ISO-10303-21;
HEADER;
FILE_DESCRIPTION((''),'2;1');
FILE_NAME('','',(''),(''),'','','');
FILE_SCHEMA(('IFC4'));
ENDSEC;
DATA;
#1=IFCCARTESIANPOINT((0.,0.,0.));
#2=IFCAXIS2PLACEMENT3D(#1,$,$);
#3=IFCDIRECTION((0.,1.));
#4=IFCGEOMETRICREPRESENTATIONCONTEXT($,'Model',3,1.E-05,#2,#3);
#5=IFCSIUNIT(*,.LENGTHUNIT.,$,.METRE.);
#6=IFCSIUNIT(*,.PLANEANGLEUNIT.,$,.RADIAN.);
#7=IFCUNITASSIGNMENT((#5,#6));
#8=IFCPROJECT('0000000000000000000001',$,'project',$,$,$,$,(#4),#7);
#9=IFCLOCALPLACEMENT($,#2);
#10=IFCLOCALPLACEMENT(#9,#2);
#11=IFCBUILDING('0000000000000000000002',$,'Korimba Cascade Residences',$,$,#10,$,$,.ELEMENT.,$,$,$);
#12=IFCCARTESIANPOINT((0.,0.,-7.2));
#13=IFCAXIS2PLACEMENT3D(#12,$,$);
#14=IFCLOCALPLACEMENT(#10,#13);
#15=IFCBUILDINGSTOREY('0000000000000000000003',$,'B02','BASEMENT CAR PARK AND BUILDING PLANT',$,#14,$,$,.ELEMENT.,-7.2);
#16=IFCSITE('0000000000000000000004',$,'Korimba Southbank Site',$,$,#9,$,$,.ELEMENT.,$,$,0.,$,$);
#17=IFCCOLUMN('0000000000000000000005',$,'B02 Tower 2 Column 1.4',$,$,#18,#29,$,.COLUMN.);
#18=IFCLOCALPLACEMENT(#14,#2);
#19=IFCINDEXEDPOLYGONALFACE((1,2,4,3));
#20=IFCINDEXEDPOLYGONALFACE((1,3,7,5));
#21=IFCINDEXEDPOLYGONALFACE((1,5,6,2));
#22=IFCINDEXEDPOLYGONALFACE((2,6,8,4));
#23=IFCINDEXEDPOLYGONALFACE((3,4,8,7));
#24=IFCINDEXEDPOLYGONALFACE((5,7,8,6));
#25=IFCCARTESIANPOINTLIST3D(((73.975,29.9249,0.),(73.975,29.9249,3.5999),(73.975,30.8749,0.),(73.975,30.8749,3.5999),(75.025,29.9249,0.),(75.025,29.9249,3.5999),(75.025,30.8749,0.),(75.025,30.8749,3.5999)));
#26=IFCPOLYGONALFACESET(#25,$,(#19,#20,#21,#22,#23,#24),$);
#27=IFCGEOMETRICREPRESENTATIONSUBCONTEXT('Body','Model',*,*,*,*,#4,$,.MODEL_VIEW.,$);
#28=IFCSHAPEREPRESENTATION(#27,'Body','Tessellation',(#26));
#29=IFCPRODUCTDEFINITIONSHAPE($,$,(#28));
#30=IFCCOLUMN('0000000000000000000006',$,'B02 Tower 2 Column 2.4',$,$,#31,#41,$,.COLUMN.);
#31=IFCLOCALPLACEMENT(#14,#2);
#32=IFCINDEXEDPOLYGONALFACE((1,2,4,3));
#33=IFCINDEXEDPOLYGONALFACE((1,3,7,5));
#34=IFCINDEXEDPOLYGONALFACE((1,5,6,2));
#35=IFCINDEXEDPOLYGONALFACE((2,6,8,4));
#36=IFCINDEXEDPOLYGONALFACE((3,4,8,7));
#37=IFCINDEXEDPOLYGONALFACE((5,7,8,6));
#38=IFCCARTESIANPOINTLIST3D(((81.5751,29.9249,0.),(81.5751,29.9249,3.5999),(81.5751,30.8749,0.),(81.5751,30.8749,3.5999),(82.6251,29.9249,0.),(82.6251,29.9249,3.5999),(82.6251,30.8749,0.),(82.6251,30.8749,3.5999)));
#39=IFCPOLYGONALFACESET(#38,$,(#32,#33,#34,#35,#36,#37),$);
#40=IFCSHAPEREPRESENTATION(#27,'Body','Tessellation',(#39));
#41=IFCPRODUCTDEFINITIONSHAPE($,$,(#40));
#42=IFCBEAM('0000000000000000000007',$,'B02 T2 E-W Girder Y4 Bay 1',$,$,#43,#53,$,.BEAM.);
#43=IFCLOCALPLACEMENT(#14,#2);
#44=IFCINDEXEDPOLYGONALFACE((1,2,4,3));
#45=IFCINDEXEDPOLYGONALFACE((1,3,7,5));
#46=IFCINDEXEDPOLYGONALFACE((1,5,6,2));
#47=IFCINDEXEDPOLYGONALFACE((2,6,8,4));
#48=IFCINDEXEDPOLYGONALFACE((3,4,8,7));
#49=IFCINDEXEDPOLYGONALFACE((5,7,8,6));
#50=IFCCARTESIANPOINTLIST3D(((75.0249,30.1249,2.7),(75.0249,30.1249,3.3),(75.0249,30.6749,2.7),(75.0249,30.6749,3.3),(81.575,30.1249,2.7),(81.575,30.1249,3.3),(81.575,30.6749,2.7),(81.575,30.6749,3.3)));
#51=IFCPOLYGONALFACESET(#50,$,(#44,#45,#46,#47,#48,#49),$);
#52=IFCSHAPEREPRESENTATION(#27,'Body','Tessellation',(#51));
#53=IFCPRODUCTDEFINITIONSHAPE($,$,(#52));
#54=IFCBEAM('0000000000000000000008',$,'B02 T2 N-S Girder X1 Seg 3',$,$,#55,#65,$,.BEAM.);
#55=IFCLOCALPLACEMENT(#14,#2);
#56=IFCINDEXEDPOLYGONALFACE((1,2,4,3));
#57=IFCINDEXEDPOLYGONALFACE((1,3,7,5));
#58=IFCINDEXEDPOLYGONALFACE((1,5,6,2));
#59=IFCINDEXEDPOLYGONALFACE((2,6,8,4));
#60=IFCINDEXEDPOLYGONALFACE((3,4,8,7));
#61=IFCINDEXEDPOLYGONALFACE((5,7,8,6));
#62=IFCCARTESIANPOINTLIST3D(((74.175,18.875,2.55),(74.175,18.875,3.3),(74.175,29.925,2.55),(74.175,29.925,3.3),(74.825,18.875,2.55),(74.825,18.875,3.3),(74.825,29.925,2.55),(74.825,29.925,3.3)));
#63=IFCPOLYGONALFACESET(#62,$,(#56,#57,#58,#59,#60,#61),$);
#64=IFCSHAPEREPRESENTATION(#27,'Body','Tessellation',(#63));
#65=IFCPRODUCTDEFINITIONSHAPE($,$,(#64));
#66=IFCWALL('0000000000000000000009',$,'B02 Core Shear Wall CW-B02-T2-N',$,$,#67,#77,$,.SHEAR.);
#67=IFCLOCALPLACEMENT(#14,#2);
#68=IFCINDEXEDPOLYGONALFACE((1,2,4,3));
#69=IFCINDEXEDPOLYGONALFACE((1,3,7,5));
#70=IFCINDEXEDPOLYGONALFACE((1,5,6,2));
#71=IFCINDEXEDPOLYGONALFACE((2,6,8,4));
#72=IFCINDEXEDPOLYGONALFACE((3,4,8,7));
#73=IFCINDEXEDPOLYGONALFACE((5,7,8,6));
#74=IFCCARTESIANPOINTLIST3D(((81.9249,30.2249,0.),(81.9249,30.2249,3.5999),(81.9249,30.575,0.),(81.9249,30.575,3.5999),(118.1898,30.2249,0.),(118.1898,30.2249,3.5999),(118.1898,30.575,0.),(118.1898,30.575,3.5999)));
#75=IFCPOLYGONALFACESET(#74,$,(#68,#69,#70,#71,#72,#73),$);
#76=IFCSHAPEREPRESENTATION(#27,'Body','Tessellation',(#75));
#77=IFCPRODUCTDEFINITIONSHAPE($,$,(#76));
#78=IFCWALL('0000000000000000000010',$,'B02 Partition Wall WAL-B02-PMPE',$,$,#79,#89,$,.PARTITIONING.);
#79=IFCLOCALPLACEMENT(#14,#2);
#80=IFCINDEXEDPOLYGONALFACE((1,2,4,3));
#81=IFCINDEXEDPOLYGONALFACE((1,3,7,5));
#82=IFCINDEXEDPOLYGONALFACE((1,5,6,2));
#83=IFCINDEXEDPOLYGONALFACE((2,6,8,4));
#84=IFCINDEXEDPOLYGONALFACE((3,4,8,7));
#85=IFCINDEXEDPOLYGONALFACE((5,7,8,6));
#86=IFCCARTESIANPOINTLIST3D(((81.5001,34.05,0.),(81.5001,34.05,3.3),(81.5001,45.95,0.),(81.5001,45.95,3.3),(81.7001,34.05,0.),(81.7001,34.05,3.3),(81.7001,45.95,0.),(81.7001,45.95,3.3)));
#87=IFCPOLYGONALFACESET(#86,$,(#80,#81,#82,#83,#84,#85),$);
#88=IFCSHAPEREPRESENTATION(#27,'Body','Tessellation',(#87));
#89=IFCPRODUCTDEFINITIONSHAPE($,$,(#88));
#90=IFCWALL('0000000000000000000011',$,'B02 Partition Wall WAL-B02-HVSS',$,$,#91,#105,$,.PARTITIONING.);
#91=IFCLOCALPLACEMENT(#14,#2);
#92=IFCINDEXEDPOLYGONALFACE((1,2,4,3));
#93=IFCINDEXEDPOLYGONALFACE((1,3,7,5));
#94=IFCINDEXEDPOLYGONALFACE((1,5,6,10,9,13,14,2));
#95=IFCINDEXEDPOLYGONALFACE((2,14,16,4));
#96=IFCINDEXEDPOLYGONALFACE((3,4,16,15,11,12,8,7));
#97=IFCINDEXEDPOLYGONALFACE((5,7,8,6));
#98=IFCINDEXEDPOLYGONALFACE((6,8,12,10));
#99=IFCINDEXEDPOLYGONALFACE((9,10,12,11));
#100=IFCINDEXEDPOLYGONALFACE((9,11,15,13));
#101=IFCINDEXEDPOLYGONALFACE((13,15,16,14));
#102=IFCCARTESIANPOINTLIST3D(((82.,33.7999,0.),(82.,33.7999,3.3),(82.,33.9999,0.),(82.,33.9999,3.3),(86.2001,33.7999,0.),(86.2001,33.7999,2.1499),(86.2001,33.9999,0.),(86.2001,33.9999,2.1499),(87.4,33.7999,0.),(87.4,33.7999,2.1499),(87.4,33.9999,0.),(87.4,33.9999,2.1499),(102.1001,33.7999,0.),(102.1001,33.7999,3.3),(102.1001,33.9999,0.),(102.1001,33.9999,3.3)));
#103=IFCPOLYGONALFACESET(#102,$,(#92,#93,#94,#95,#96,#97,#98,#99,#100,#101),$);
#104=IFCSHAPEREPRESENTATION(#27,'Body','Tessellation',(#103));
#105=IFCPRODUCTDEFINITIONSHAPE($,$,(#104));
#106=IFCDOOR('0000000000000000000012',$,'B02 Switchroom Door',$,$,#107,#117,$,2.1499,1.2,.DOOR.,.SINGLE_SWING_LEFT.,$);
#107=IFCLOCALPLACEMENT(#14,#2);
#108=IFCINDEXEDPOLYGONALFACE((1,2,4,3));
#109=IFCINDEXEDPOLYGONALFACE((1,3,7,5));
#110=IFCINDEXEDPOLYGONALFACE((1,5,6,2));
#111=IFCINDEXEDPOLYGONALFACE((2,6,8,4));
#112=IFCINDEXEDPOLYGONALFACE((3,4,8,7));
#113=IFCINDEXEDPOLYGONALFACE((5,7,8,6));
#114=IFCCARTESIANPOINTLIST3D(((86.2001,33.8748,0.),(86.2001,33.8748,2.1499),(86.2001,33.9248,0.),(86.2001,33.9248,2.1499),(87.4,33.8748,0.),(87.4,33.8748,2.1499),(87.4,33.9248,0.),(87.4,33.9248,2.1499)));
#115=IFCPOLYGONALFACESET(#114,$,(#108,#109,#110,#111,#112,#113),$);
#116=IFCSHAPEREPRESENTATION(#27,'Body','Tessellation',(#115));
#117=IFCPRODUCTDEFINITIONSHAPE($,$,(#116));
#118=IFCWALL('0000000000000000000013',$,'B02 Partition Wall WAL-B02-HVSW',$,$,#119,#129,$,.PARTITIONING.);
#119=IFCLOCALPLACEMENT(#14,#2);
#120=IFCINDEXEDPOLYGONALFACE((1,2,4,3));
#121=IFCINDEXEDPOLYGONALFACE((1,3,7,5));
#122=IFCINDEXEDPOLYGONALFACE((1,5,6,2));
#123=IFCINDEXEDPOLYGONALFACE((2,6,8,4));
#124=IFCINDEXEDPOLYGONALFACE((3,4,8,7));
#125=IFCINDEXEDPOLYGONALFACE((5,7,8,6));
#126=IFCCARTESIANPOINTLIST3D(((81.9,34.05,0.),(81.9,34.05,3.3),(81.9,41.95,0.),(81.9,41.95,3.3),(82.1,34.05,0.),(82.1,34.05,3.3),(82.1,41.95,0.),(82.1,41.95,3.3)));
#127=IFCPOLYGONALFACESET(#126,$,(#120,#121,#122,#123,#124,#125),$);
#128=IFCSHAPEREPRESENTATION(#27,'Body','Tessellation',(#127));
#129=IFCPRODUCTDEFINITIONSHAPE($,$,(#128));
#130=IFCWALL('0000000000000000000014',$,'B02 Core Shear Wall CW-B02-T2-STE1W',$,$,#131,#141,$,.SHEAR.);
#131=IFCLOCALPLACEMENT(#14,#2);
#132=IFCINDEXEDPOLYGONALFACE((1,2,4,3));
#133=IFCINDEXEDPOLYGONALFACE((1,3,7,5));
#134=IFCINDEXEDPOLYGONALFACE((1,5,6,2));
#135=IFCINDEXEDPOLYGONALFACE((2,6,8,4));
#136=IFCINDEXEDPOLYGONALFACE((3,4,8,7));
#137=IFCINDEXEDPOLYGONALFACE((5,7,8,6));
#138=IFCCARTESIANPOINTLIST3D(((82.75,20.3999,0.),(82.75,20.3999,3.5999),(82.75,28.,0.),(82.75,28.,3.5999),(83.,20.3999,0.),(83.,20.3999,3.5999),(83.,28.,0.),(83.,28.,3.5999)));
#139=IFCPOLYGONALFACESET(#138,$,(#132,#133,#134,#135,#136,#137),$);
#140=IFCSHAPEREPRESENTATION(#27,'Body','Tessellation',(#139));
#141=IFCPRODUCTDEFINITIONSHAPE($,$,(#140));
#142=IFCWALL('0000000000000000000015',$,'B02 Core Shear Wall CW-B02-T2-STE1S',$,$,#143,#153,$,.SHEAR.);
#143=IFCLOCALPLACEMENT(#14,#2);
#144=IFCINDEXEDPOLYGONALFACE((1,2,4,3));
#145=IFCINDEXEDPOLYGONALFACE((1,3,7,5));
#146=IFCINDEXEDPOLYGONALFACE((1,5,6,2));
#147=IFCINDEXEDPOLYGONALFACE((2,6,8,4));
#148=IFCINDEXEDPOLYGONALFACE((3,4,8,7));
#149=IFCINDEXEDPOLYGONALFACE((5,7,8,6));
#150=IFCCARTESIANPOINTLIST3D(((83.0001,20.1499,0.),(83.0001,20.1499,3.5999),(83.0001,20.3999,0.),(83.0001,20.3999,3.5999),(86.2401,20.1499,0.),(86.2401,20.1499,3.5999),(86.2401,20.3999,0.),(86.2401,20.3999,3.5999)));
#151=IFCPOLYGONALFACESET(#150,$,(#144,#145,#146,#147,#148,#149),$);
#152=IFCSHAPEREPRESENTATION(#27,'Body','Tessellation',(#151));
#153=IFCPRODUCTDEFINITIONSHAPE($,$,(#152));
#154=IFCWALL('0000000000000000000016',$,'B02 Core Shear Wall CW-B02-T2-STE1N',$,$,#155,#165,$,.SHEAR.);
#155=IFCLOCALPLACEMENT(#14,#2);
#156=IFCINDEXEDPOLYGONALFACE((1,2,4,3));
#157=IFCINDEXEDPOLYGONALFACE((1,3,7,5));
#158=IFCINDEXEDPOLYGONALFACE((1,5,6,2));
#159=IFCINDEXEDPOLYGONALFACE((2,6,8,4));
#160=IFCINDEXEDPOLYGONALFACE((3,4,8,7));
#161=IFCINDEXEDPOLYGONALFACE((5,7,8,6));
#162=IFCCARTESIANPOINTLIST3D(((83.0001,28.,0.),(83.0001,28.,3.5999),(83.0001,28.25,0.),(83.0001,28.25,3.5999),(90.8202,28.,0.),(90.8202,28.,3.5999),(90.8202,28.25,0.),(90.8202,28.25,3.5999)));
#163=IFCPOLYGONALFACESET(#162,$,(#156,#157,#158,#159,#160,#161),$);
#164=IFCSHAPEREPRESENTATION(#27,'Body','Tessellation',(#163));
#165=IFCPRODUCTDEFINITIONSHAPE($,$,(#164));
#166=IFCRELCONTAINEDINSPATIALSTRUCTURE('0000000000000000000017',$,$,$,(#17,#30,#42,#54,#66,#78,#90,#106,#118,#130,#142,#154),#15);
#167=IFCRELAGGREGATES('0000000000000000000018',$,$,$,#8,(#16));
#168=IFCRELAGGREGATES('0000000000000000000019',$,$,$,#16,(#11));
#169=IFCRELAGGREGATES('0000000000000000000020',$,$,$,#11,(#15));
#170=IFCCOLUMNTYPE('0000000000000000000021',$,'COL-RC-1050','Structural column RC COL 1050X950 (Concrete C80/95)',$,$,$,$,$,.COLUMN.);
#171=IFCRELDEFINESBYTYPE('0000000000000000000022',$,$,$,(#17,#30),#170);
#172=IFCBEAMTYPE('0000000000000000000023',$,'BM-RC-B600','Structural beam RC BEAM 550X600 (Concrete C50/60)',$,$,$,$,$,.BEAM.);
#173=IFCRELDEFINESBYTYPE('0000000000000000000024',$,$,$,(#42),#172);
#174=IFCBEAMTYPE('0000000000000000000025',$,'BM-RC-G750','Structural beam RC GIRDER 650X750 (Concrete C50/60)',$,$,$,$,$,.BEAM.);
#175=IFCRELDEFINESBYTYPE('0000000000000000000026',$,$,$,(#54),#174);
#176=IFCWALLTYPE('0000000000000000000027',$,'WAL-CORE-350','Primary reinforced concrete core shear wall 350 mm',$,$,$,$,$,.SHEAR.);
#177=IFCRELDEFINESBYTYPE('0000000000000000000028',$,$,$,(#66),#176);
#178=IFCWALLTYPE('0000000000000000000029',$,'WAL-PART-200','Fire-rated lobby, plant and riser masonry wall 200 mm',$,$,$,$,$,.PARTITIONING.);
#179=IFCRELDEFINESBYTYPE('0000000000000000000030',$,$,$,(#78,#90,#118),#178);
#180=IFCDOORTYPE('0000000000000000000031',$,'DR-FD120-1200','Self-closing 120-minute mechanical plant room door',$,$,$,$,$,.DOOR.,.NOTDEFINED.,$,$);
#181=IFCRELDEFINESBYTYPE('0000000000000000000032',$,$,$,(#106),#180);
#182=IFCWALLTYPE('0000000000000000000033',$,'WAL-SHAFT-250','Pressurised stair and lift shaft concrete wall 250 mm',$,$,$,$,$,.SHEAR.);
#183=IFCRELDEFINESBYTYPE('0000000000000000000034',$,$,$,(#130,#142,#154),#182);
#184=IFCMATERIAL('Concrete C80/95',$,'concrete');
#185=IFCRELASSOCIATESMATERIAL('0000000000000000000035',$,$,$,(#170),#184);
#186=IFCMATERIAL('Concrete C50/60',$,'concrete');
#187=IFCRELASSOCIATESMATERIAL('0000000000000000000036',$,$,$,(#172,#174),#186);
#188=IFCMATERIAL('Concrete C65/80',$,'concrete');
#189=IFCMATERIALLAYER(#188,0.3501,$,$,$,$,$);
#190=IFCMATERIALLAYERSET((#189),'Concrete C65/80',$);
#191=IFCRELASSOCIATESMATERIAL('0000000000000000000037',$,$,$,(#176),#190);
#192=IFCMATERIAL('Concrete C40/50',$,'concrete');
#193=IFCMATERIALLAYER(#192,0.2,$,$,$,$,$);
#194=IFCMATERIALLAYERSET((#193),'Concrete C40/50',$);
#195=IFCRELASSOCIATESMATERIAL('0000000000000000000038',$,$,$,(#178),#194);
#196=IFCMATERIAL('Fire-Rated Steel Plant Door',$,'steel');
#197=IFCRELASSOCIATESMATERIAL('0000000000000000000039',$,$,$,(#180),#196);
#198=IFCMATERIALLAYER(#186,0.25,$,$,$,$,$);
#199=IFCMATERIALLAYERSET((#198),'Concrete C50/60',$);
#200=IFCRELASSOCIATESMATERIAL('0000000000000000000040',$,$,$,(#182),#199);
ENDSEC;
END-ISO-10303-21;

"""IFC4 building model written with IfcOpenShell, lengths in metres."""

from ifc_helpers import new_model, si_unit, direction, frame, frame_2d, origin, origin_2d, place, context, subcontext, project, spatial, rectangle, extrude, material, layer, layer_set, material_profile, profile_set, type_object, element, fill, save


model = new_model("IFC4")

# Units and contexts
model_context = context("Model", 3, precision=1e-05, world=origin(), true_north=direction((0.0, 1.0)))
body_context = subcontext(model_context, "Body", "Model", "MODEL_VIEW")
ifc_project = project(units=[si_unit("LENGTHUNIT", "METRE"), si_unit("PLANEANGLEUNIT", "RADIAN")], contexts=[model_context])

# Site, building, storey
site_placement = place(None, origin())
site = spatial("IfcSite", under=ifc_project, at=site_placement, Name="Korimba Southbank Site", CompositionType="ELEMENT", RefElevation=0.0)
building_placement = place(site_placement, origin())
building = spatial("IfcBuilding", under=site, at=building_placement, Name="Korimba Cascade Residences", CompositionType="ELEMENT")
storey_placement = place(building_placement, frame((0.0, 0.0, -7.2)))
storey = spatial("IfcBuildingStorey", under=building, at=storey_placement, Name="B02", Description="BASEMENT CAR PARK AND BUILDING PLANT", CompositionType="ELEMENT", Elevation=-7.2)

# Columns
ifc_material_1 = material(Name="Concrete C80/95", Category="concrete")
ifc_material_profile_1 = material_profile(ifc_material_1, rectangle(XDim=1.05, YDim=0.95, at=origin_2d()), Name="Concrete C80/95")
ifc_profile_set_1 = profile_set([ifc_material_profile_1], Name="Concrete C80/95")
column_type = type_object("IfcColumnType", Name="COL-RC-1050", Description="Structural column RC COL 1050X950 (Concrete C80/95)", PredefinedType="COLUMN", material=ifc_profile_set_1)
for number, where, z_axis, x_axis, name in (
    (1, (74.5, 30.3999, 0.0), (0.0, 0.0, 1.0), (1.0, 0.0, 0.0), "B02 Tower 2 Column 1.4"),
    (2, (82.1001, 30.3999, 0.0), (0.0, 0.0, 1.0), (1.0, 0.0, 0.0), "B02 Tower 2 Column 2.4"),
):
    element("IfcColumn", number, at=place(storey_placement, frame(where, z_axis=z_axis, x_axis=x_axis)), inside=storey, type_object=column_type, Name=name, PredefinedType="COLUMN", context=body_context, shape_type="SweptSolid", body=[
        extrude(rectangle(XDim=1.05, YDim=0.95, at=origin_2d()), origin(), (0.0, 0.0, 1.0), 3.5999),
    ])

# Beams
ifc_material_2 = material(Name="Concrete C50/60", Category="concrete")
ifc_material_profile_2 = material_profile(ifc_material_2, rectangle(XDim=0.55, YDim=0.6001, at=origin_2d()), Name="Concrete C50/60")
ifc_profile_set_2 = profile_set([ifc_material_profile_2], Name="Concrete C50/60")
beam_type_1 = type_object("IfcBeamType", Name="BM-RC-B600", Description="Structural beam RC BEAM 550X600 (Concrete C50/60)", PredefinedType="BEAM", material=ifc_profile_set_2)
beam_1_placement = place(storey_placement, frame((75.0249, 30.3999, 3.0), z_axis=(1.0, 0.0, 0.0), x_axis=(0.0, 1.0, 0.0)))
element("IfcBeam", 3, at=beam_1_placement, inside=storey, type_object=beam_type_1, Name="B02 T2 E-W Girder Y4 Bay 1", PredefinedType="BEAM", context=body_context, shape_type="SweptSolid", body=[
    extrude(rectangle(XDim=0.55, YDim=0.6001, at=origin_2d()), origin(), (0.0, 0.0, 1.0), 6.55),
])
ifc_material_profile_3 = material_profile(ifc_material_2, rectangle(XDim=0.6499, YDim=0.75, at=origin_2d()), Name="Concrete C50/60")
ifc_profile_set_3 = profile_set([ifc_material_profile_3], Name="Concrete C50/60")
beam_type_2 = type_object("IfcBeamType", Name="BM-RC-G750", Description="Structural beam RC GIRDER 650X750 (Concrete C50/60)", PredefinedType="BEAM", material=ifc_profile_set_3)
beam_2_placement = place(storey_placement, frame((74.5, 18.875, 2.925), z_axis=(0.0, 1.0, 0.0), x_axis=(-1.0, 0.0, 0.0)))
element("IfcBeam", 4, at=beam_2_placement, inside=storey, type_object=beam_type_2, Name="B02 T2 N-S Girder X1 Seg 3", PredefinedType="BEAM", context=body_context, shape_type="SweptSolid", body=[
    extrude(rectangle(XDim=0.6499, YDim=0.75, at=origin_2d()), origin(), (0.0, 0.0, 1.0), 11.05),
])

# Walls
ifc_material_3 = material(Name="Concrete C65/80", Category="concrete")
ifc_layer_1 = layer(ifc_material_3, 0.3501)
ifc_layer_set_1 = layer_set([ifc_layer_1], Name="Concrete C65/80")
wall_type_1 = type_object("IfcWallType", Name="WAL-CORE-350", Description="Primary reinforced concrete core shear wall 350 mm", PredefinedType="SHEAR", material=ifc_layer_set_1)
wall_1_placement = place(storey_placement, frame((81.925, 30.3999, 0.0), z_axis=(0.0, 0.0, 1.0), x_axis=(1.0, 0.0, 0.0)))
element("IfcWall", 5, at=wall_1_placement, inside=storey, type_object=wall_type_1, Name="B02 Core Shear Wall CW-B02-T2-N", PredefinedType="SHEAR", context=body_context, shape_type="SweptSolid", body=[
    extrude(rectangle(XDim=36.2649, YDim=0.3501, at=frame_2d((18.1323, 0.0))), origin(), (0.0, 0.0, 1.0), 3.5999),
])
ifc_material_4 = material(Name="Concrete C40/50", Category="concrete")
ifc_layer_2 = layer(ifc_material_4, 0.2)
ifc_layer_set_2 = layer_set([ifc_layer_2], Name="Concrete C40/50")
wall_type_2 = type_object("IfcWallType", Name="WAL-PART-200", Description="Fire-rated lobby, plant and riser masonry wall 200 mm", PredefinedType="PARTITIONING", material=ifc_layer_set_2)
wall_2_placement = place(storey_placement, frame((81.6001, 34.05, 0.0), z_axis=(0.0, 0.0, 1.0), x_axis=(0.0, 1.0, 0.0)))
element("IfcWall", 6, at=wall_2_placement, inside=storey, type_object=wall_type_2, Name="B02 Partition Wall WAL-B02-PMPE", PredefinedType="PARTITIONING", context=body_context, shape_type="SweptSolid", body=[
    extrude(rectangle(XDim=11.8999, YDim=0.2, at=frame_2d((5.95, 0.0))), origin(), (0.0, 0.0, 1.0), 3.3),
])

# Wall, opening, door
wall_3_placement = place(storey_placement, frame((82.0, 33.8999, 0.0), z_axis=(0.0, 0.0, 1.0), x_axis=(1.0, 0.0, 0.0)))
wall_3 = element("IfcWall", 7, at=wall_3_placement, inside=storey, type_object=wall_type_2, Name="B02 Partition Wall WAL-B02-HVSS", PredefinedType="PARTITIONING", context=body_context, shape_type="SweptSolid", body=[
    extrude(rectangle(XDim=20.1001, YDim=0.2, at=frame_2d((10.05, 0.0))), origin(), (0.0, 0.0, 1.0), 3.3),
])
opening_placement = place(wall_3_placement, frame((4.2, 0.0, 0.0)))
opening = element("IfcOpeningElement", 8, at=opening_placement, cuts=wall_3, PredefinedType="OPENING", context=body_context, shape_type="SweptSolid", body=[
    extrude(rectangle(XDim=1.2, YDim=2.1499, at=frame_2d((0.6001, 1.075))), frame((0.0, 0.1099, 0.0), z_axis=(0.0, -1.0, 0.0), x_axis=(1.0, 0.0, 0.0)), (0.0, 0.0, 1.0), 0.22),
])
ifc_material_5 = material(Name="Fire-Rated Steel Plant Door", Category="steel")
door_type = type_object("IfcDoorType", Name="DR-FD120-1200", Description="Self-closing 120-minute mechanical plant room door", OperationType="NOTDEFINED", PredefinedType="DOOR", material=ifc_material_5)
door_placement = place(opening_placement, origin())
door = element("IfcDoor", 9, at=door_placement, inside=storey, type_object=door_type, Name="B02 Switchroom Door", OperationType="SINGLE_SWING_LEFT", OverallHeight=2.1499, OverallWidth=1.2, PredefinedType="DOOR", context=body_context, shape_type="SweptSolid", body=[
    extrude(rectangle(XDim=1.2, YDim=2.1499, at=frame_2d((0.6001, 1.075))), frame((0.0, 0.0249, 0.0), z_axis=(0.0, -1.0, 0.0), x_axis=(1.0, 0.0, 0.0)), (0.0, 0.0, 1.0), 0.05),
])
fill(opening, door)

# Walls
wall_4_placement = place(storey_placement, frame((82.0, 34.05, 0.0), z_axis=(0.0, 0.0, 1.0), x_axis=(0.0, 1.0, 0.0)))
element("IfcWall", 10, at=wall_4_placement, inside=storey, type_object=wall_type_2, Name="B02 Partition Wall WAL-B02-HVSW", PredefinedType="PARTITIONING", context=body_context, shape_type="SweptSolid", body=[
    extrude(rectangle(XDim=7.8999, YDim=0.2, at=frame_2d((3.95, 0.0))), origin(), (0.0, 0.0, 1.0), 3.3),
])
ifc_layer_3 = layer(ifc_material_2, 0.25)
ifc_layer_set_3 = layer_set([ifc_layer_3], Name="Concrete C50/60")
wall_type_3 = type_object("IfcWallType", Name="WAL-SHAFT-250", Description="Pressurised stair and lift shaft concrete wall 250 mm", PredefinedType="SHEAR", material=ifc_layer_set_3)
wall_5_placement = place(storey_placement, frame((82.875, 20.3999, 0.0), z_axis=(0.0, 0.0, 1.0), x_axis=(0.0, 1.0, 0.0)))
element("IfcWall", 11, at=wall_5_placement, inside=storey, type_object=wall_type_3, Name="B02 Core Shear Wall CW-B02-T2-STE1W", PredefinedType="SHEAR", context=body_context, shape_type="SweptSolid", body=[
    extrude(rectangle(XDim=7.6001, YDim=0.25, at=frame_2d((3.8, 0.0))), origin(), (0.0, 0.0, 1.0), 3.5999),
])
wall_6_placement = place(storey_placement, frame((83.0, 20.2749, 0.0), z_axis=(0.0, 0.0, 1.0), x_axis=(1.0, 0.0, 0.0)))
element("IfcWall", 12, at=wall_6_placement, inside=storey, type_object=wall_type_3, Name="B02 Core Shear Wall CW-B02-T2-STE1S", PredefinedType="SHEAR", context=body_context, shape_type="SweptSolid", body=[
    extrude(rectangle(XDim=3.24, YDim=0.25, at=frame_2d((1.6201, 0.0))), origin(), (0.0, 0.0, 1.0), 3.5999),
])
wall_7_placement = place(storey_placement, frame((83.0, 28.125, 0.0), z_axis=(0.0, 0.0, 1.0), x_axis=(1.0, 0.0, 0.0)))
element("IfcWall", 13, at=wall_7_placement, inside=storey, type_object=wall_type_3, Name="B02 Core Shear Wall CW-B02-T2-STE1N", PredefinedType="SHEAR", context=body_context, shape_type="SweptSolid", body=[
    extrude(rectangle(XDim=7.8201, YDim=0.25, at=frame_2d((3.9102, 0.0))), origin(), (0.0, 0.0, 1.0), 3.5999),
])

save(model, "model.ifc")
